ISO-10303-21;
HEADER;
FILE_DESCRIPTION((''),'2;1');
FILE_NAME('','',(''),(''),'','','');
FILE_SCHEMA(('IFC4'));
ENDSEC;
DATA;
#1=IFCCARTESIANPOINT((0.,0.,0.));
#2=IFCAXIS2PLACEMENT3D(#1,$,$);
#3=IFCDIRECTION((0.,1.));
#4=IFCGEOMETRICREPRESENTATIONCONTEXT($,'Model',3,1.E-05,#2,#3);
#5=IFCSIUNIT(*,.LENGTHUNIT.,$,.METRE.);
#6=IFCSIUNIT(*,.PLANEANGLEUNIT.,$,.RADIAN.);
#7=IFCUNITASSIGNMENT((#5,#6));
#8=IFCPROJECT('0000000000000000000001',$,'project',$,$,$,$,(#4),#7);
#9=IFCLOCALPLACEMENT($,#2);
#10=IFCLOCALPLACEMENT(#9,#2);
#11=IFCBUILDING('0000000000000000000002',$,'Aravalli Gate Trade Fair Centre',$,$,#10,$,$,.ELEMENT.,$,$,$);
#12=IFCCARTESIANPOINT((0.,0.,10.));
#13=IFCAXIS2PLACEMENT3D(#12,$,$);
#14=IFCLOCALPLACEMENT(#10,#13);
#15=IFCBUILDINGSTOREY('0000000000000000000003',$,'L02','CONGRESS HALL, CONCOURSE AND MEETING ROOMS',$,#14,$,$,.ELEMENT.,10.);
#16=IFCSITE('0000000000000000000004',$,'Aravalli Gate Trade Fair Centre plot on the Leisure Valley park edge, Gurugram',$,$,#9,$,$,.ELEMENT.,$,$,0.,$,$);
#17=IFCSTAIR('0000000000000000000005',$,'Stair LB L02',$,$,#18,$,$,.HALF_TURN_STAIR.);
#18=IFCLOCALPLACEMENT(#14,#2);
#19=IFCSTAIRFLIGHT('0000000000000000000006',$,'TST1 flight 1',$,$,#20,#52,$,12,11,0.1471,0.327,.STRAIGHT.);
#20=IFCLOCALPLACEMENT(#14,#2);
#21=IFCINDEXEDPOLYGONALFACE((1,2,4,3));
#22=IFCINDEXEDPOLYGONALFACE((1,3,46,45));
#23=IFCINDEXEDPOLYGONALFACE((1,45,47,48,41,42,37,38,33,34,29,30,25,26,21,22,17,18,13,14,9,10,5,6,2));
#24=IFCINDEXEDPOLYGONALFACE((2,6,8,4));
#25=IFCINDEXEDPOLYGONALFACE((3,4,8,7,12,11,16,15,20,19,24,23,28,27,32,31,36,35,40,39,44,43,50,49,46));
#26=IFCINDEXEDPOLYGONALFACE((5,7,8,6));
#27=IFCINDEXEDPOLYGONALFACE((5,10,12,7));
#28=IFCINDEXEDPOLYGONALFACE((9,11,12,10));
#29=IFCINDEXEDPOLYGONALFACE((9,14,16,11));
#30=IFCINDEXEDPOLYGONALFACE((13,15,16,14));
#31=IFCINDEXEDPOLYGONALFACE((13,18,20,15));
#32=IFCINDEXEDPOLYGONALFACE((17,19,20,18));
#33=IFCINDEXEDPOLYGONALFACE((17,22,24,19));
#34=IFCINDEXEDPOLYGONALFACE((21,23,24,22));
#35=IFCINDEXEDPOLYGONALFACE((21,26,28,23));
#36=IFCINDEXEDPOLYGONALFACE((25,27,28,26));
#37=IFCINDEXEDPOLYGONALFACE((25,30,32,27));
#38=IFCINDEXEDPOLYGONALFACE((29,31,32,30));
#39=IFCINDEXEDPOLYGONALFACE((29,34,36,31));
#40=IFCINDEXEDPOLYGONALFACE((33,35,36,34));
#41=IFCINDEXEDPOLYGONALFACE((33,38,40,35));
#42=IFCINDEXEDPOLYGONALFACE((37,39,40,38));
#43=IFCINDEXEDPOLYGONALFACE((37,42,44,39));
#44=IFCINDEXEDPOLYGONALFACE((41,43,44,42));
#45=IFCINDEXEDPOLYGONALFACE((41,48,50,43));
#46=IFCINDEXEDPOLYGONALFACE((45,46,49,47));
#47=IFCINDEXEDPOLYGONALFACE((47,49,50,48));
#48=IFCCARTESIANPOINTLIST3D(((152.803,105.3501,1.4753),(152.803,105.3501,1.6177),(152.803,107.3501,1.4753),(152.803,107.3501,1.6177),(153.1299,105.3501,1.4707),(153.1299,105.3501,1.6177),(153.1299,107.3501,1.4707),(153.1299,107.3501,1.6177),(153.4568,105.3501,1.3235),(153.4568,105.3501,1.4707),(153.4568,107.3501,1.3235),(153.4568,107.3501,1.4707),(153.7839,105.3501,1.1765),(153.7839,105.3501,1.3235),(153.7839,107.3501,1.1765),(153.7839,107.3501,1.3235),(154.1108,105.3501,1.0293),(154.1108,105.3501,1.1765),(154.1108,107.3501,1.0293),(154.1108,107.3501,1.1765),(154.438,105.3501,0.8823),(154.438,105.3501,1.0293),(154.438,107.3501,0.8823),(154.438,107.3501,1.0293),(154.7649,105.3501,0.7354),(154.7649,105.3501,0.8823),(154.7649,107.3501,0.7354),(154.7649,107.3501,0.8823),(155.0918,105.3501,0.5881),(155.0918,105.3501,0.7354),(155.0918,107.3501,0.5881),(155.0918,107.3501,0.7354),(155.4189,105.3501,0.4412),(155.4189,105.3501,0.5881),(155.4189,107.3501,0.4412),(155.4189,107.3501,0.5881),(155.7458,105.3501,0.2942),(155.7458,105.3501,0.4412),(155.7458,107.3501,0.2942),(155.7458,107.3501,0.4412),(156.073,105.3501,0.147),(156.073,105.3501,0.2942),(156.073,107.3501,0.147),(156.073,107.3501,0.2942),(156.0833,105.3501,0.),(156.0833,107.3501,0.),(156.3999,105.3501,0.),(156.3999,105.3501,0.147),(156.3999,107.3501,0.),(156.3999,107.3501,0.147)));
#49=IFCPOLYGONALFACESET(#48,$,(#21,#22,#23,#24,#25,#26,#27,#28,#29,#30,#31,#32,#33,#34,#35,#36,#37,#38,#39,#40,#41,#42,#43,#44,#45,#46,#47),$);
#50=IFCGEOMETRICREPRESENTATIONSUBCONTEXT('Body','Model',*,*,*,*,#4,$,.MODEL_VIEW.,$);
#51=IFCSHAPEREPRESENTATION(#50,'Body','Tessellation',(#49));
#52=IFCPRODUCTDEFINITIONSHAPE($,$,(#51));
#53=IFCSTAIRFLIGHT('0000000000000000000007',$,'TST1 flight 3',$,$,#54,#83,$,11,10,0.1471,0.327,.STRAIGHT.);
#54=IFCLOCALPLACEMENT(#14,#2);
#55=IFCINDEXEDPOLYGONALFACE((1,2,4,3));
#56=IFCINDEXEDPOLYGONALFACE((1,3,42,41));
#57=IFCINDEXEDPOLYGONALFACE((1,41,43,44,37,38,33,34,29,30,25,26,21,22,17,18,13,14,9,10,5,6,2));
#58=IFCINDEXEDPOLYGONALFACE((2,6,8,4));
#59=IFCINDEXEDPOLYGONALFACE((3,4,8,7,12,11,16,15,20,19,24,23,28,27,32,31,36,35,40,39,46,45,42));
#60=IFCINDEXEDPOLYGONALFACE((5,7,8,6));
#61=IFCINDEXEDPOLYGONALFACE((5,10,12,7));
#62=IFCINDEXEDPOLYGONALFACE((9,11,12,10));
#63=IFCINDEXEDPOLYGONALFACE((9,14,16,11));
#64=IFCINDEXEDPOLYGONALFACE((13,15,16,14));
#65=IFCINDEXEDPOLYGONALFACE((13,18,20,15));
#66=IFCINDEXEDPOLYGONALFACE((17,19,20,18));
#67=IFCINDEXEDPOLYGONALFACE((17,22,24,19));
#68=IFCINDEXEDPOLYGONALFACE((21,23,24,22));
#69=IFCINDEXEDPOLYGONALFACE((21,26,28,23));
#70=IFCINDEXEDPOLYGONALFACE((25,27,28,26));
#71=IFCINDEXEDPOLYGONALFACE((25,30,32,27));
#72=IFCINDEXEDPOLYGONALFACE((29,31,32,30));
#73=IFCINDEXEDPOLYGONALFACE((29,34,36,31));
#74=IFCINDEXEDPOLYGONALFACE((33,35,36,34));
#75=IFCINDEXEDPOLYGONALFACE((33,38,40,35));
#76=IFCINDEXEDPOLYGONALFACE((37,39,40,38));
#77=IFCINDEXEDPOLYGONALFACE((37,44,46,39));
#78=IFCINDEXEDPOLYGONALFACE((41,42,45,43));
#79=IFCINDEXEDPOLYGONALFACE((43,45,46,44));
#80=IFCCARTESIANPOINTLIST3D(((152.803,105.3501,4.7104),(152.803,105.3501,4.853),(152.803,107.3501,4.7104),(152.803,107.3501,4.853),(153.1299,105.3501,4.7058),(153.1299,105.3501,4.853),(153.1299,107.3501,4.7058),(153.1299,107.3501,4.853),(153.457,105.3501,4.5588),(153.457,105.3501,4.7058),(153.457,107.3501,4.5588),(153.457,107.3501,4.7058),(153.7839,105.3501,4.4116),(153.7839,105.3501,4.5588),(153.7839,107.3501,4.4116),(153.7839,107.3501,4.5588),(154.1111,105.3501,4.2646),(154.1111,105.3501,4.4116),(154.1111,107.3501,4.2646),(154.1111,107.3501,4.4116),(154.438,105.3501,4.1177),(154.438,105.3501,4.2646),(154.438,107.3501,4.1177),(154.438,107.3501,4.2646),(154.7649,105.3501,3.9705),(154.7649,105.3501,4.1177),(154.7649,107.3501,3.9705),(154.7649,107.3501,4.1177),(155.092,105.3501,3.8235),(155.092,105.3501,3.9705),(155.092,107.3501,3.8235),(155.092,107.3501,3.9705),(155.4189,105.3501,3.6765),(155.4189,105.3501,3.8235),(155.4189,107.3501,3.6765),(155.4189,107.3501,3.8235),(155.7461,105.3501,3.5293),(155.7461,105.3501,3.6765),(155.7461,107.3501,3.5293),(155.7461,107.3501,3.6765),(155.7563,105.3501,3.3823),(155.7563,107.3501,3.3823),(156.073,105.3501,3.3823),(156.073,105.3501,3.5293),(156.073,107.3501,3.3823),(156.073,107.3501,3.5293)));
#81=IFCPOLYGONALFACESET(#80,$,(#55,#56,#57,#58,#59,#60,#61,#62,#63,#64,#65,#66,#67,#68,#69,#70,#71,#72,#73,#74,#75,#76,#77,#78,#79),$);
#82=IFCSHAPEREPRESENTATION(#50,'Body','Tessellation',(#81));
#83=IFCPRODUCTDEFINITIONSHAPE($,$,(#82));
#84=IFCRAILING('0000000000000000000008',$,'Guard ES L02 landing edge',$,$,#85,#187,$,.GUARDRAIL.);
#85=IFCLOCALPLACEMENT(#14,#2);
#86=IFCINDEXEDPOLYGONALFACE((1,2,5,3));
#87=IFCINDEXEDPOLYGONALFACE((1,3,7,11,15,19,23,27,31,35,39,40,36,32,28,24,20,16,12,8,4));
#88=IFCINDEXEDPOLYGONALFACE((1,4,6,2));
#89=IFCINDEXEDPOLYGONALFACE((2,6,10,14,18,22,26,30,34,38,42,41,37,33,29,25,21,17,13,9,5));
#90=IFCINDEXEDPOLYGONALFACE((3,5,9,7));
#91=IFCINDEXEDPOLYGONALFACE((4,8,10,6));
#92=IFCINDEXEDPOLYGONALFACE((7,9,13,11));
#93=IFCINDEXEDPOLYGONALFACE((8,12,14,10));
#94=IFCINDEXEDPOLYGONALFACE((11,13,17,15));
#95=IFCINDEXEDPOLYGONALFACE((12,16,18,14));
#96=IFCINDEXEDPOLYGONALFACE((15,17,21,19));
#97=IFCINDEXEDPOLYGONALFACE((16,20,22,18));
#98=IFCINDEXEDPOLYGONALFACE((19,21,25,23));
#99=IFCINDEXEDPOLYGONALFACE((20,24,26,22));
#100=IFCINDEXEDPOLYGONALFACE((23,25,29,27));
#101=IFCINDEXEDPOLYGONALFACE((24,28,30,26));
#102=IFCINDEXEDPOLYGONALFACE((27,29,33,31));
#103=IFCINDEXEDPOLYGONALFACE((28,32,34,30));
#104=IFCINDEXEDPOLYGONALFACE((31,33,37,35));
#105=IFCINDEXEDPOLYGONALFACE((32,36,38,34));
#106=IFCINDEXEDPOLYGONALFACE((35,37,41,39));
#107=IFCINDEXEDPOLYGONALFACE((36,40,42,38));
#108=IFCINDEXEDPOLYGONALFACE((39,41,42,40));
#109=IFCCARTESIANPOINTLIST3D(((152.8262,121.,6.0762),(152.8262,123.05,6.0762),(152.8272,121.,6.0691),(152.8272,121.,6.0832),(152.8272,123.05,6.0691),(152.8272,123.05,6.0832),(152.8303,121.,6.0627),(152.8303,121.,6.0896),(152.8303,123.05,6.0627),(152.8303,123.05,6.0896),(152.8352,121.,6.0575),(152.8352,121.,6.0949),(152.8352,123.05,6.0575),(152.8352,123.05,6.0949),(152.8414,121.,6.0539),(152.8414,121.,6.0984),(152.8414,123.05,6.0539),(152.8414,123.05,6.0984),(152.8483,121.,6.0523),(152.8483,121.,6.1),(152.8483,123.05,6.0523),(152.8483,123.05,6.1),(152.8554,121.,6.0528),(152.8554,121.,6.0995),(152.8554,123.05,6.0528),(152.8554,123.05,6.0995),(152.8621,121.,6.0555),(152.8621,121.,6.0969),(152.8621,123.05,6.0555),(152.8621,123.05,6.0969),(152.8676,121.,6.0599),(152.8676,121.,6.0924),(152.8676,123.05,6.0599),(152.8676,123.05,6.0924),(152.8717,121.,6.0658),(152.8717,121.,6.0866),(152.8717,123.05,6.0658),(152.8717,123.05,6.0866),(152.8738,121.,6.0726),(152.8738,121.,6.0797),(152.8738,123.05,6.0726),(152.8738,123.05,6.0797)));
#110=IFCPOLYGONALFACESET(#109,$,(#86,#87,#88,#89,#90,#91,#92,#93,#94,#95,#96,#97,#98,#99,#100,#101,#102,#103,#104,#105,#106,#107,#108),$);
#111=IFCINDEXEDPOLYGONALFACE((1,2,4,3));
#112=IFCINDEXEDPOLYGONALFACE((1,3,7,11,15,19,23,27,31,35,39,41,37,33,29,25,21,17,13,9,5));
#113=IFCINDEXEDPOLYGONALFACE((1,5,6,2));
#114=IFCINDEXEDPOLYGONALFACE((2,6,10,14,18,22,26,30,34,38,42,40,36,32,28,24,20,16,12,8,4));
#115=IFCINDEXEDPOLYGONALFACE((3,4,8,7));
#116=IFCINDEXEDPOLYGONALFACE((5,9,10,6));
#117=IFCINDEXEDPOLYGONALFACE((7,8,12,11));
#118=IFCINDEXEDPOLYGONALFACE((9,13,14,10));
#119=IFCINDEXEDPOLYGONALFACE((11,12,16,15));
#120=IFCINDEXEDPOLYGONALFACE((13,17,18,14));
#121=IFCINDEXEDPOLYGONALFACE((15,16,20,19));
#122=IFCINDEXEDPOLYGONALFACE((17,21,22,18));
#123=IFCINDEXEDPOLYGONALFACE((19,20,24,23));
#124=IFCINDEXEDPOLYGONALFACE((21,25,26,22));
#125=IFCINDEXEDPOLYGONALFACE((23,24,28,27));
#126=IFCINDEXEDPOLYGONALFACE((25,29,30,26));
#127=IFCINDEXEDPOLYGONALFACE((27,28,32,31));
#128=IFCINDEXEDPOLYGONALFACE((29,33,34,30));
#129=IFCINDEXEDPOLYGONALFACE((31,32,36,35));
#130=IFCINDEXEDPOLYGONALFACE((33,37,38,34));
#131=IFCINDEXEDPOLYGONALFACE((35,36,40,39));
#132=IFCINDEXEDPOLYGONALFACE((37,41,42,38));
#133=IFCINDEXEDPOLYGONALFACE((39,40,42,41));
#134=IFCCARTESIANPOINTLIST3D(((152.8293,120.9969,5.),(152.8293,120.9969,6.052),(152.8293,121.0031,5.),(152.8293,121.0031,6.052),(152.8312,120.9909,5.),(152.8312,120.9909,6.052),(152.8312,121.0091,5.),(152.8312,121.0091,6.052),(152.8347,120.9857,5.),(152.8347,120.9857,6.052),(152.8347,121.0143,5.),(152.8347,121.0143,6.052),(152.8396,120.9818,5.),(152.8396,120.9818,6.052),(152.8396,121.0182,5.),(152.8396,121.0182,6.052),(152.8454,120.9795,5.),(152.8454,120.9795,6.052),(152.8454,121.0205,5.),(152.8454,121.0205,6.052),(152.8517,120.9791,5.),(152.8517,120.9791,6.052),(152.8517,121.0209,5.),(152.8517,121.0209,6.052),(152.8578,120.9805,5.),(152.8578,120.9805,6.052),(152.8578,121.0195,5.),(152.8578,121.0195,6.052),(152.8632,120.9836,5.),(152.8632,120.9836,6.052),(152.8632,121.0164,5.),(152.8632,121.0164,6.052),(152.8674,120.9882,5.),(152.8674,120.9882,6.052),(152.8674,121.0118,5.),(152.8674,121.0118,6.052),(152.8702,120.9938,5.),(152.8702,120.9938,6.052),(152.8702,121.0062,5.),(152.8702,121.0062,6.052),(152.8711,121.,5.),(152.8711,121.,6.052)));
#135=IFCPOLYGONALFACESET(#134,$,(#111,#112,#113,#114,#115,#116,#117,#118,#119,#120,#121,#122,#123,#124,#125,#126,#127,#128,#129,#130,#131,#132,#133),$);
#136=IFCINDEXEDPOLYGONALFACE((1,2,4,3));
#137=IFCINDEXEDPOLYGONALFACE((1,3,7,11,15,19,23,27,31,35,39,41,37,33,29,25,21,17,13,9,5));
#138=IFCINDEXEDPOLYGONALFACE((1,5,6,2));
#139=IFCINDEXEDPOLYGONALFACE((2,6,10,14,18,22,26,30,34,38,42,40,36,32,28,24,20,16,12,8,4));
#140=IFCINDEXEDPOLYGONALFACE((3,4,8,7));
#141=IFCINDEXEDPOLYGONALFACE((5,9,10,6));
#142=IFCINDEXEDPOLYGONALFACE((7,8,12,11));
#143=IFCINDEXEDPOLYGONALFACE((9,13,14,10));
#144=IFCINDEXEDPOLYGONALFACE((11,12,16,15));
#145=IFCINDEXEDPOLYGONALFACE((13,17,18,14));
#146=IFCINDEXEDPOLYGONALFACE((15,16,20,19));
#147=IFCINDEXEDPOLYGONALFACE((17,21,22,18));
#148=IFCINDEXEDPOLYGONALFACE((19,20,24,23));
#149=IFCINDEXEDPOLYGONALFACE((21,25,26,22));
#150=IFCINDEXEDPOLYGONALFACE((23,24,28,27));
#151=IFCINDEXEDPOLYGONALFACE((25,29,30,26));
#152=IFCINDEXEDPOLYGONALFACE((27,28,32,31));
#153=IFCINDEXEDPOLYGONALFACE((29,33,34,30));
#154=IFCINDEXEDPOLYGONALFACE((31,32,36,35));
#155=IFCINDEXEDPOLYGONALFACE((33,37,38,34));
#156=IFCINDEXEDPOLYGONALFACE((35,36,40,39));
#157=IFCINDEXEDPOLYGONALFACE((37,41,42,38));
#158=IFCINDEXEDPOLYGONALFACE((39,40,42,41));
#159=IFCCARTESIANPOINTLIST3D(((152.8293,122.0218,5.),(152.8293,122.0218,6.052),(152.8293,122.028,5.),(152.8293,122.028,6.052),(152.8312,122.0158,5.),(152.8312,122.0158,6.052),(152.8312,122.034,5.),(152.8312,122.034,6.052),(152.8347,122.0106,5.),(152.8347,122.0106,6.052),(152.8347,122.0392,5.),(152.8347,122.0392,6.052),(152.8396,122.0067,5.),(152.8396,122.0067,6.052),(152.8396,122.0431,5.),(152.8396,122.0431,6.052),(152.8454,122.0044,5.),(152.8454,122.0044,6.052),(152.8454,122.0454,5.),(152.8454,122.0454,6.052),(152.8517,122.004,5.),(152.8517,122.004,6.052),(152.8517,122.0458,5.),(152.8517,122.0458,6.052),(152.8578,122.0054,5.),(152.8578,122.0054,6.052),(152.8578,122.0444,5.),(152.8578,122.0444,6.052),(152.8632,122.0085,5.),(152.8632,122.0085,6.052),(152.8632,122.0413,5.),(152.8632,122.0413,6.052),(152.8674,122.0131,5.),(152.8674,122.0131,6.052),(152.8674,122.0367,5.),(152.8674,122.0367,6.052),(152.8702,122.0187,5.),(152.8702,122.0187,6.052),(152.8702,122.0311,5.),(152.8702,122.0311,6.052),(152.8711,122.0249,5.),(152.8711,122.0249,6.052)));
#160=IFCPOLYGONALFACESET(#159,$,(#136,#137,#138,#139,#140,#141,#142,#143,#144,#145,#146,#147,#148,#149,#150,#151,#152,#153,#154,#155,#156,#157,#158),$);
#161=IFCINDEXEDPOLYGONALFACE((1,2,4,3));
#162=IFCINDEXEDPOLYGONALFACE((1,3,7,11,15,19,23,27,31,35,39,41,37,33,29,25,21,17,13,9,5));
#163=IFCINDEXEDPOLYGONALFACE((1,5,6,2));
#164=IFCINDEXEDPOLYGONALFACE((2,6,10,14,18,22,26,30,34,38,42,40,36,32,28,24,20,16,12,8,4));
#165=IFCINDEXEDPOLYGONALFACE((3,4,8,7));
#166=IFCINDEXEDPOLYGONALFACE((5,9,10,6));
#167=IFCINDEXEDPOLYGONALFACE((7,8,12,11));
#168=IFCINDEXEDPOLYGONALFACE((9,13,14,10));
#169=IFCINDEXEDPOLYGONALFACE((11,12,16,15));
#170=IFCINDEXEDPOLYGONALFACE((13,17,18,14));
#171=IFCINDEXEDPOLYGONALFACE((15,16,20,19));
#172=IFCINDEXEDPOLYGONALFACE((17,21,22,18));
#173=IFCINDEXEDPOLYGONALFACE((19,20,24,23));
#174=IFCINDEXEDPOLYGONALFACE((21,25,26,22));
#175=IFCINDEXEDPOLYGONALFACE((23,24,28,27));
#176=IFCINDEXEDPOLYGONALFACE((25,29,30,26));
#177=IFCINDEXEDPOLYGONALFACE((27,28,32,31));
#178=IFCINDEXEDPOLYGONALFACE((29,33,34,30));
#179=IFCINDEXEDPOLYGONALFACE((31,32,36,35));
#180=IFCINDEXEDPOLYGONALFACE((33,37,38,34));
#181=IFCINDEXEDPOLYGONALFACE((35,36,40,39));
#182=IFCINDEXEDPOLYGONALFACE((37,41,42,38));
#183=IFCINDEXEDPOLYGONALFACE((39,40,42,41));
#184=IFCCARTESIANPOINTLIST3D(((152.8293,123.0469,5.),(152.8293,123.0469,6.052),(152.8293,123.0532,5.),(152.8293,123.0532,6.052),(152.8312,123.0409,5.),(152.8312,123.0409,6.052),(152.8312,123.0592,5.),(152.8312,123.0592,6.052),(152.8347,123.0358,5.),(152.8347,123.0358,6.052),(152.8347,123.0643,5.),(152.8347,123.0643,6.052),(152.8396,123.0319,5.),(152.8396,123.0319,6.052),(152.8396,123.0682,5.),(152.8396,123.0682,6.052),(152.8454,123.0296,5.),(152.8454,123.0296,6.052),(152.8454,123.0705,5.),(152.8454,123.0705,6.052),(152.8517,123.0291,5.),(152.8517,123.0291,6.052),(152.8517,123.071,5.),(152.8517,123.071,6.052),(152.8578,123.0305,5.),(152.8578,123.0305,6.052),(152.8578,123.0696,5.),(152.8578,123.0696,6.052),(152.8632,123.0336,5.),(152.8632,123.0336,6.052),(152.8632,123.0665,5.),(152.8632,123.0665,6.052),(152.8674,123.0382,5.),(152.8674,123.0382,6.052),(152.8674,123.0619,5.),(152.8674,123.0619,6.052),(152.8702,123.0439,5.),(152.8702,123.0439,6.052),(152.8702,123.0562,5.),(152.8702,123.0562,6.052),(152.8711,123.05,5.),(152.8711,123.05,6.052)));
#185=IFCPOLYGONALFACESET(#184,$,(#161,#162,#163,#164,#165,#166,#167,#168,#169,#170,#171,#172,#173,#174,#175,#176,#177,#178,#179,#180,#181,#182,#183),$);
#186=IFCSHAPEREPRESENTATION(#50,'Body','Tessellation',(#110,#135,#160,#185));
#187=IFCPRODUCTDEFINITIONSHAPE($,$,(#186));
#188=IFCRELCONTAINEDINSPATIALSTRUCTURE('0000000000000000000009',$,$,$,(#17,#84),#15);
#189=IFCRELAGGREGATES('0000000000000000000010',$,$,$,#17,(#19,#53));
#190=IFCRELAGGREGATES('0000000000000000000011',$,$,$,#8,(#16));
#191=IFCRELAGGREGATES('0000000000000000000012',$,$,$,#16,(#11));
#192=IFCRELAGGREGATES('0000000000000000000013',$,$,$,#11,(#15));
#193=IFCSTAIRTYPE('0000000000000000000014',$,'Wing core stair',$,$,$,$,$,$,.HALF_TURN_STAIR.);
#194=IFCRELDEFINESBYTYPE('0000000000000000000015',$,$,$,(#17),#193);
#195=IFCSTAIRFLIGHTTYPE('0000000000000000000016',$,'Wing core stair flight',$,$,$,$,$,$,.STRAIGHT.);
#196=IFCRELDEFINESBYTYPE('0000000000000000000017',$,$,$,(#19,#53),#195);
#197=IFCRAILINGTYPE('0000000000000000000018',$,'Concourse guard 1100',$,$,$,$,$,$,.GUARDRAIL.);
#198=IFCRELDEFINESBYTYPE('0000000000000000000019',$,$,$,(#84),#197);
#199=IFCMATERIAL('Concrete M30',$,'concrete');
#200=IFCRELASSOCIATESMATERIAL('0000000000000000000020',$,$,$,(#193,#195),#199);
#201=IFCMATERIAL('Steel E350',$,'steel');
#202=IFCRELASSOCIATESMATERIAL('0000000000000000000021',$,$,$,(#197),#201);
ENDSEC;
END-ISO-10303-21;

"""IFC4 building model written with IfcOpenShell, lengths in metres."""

from ifc_helpers import new_model, si_unit, direction, frame, origin, origin_2d, place, context, subcontext, project, spatial, polyline, circle, outline, extrude, material, type_object, element, aggregate, save


model = new_model("IFC4")

# Units and contexts
model_context = context("Model", 3, precision=1e-05, world=origin(), true_north=direction((0.0, 1.0)))
body_context = subcontext(model_context, "Body", "Model", "MODEL_VIEW")
ifc_project = project(units=[si_unit("LENGTHUNIT", "METRE"), si_unit("PLANEANGLEUNIT", "RADIAN")], contexts=[model_context])

# Site, building, storey
site_placement = place(None, origin())
site = spatial("IfcSite", under=ifc_project, at=site_placement, Name="Aravalli Gate Trade Fair Centre plot on the Leisure Valley park edge, Gurugram", CompositionType="ELEMENT", RefElevation=0.0)
building_placement = place(site_placement, origin())
building = spatial("IfcBuilding", under=site, at=building_placement, Name="Aravalli Gate Trade Fair Centre", CompositionType="ELEMENT")
storey_placement = place(building_placement, frame((0.0, 0.0, 10.0)))
storey = spatial("IfcBuildingStorey", under=building, at=storey_placement, Name="L02", Description="CONGRESS HALL, CONCOURSE AND MEETING ROOMS", CompositionType="ELEMENT", Elevation=10.0)

# Shared definitions
ifc_material_1 = material(Name="Steel E350", Category="steel")

# Stair, stair flights
ifc_material_2 = material(Name="Concrete M30", Category="concrete")
stair_type_1 = type_object("IfcStairType", Name="Wing core stair", PredefinedType="HALF_TURN_STAIR", material=ifc_material_2)
stair_1_placement = place(storey_placement, origin())
stair_1 = element("IfcStair", 1, at=stair_1_placement, inside=storey, type_object=stair_type_1, Name="Stair LB L02", PredefinedType="HALF_TURN_STAIR")
stair_flight_type_1 = type_object("IfcStairFlightType", Name="Wing core stair flight", PredefinedType="STRAIGHT", material=ifc_material_2)
stair_flight_1_placement = place(storey_placement, frame((156.3999, 106.3501, 0.0), z_axis=(0.0, 0.0, 1.0), x_axis=(-1.0, 0.0, 0.0)))
stair_flight_1 = element("IfcStairFlight", 2, at=stair_flight_1_placement, type_object=stair_flight_type_1, Name="TST1 flight 1", NumberOfRisers=12, NumberOfTreads=11, PredefinedType="STRAIGHT", RiserHeight=0.1471, TreadLength=0.327, context=body_context, shape_type="SweptSolid", body=[
    extrude(outline(polyline([(0.0, 0.0), (0.0, 0.147), (0.3269, 0.147), (0.3269, 0.2942), (0.6541, 0.2942), (0.6541, 0.4412), (0.981, 0.4412), (0.981, 0.5881), (1.3081, 0.5881), (1.3081, 0.7354), (1.635, 0.7354), (1.635, 0.8823), (1.9619, 0.8823), (1.9619, 1.0293), (2.2891, 1.0293), (2.2891, 1.1765), (2.616, 1.1765), (2.616, 1.3235), (2.9431, 1.3235), (2.9431, 1.4707), (3.27, 1.4707), (3.27, 1.6177), (3.5969, 1.6177), (3.5969, 1.7646), (3.5969, 1.4753), (0.3167, 0.0), (0.0, 0.0)])), frame((0.0, 1.0, 0.0), z_axis=(0.0, -1.0, 0.0), x_axis=(1.0, 0.0, 0.0)), (0.0, 0.0, 1.0), 2.0),
])
stair_flight_2_placement = place(storey_placement, frame((156.073, 106.3501, 3.3823), z_axis=(0.0, 0.0, 1.0), x_axis=(-1.0, 0.0, 0.0)))
stair_flight_2 = element("IfcStairFlight", 3, at=stair_flight_2_placement, type_object=stair_flight_type_1, Name="TST1 flight 3", NumberOfRisers=11, NumberOfTreads=10, PredefinedType="STRAIGHT", RiserHeight=0.1471, TreadLength=0.327, context=body_context, shape_type="SweptSolid", body=[
    extrude(outline(polyline([(0.0, 0.0), (0.0, 0.147), (0.3269, 0.147), (0.3269, 0.2942), (0.6541, 0.2942), (0.6541, 0.4412), (0.981, 0.4412), (0.981, 0.5881), (1.3081, 0.5881), (1.3081, 0.7354), (1.635, 0.7354), (1.635, 0.8823), (1.9619, 0.8823), (1.9619, 1.0293), (2.2891, 1.0293), (2.2891, 1.1765), (2.616, 1.1765), (2.616, 1.3235), (2.9431, 1.3235), (2.9431, 1.4707), (3.27, 1.4707), (3.27, 1.6177), (3.27, 1.3281), (0.3167, 0.0), (0.0, 0.0)])), frame((0.0, 1.0, 0.0), z_axis=(0.0, -1.0, 0.0), x_axis=(1.0, 0.0, 0.0)), (0.0, 0.0, 1.0), 2.0),
])
aggregate(stair_1, [stair_flight_1, stair_flight_2])

# Railing
railing_type_1 = type_object("IfcRailingType", Name="Concourse guard 1100", PredefinedType="GUARDRAIL", material=ifc_material_1)
railing_1_placement = place(storey_placement, frame((152.8501, 121.0, 5.0)))
element("IfcRailing", 4, at=railing_1_placement, inside=storey, type_object=railing_type_1, Name="Guard ES L02 landing edge", PredefinedType="GUARDRAIL", context=body_context, shape_type="SweptSolid", body=[
    extrude(circle(Radius=0.0239, at=origin_2d()), frame((0.0, 0.0, 1.0762), z_axis=(0.0, 1.0, 0.0), x_axis=(-1.0, 0.0, 0.0)), (0.0, 0.0, 1.0), 2.05),
    extrude(circle(Radius=0.021, at=origin_2d()), origin(), (0.0, 0.0, 1.0), 1.052),
    extrude(circle(Radius=0.021, at=origin_2d()), frame((0.0, 1.0249, 0.0)), (0.0, 0.0, 1.0), 1.052),
    extrude(circle(Radius=0.021, at=origin_2d()), frame((0.0, 2.05, 0.0)), (0.0, 0.0, 1.0), 1.052),
])

save(model, "model.ifc")
